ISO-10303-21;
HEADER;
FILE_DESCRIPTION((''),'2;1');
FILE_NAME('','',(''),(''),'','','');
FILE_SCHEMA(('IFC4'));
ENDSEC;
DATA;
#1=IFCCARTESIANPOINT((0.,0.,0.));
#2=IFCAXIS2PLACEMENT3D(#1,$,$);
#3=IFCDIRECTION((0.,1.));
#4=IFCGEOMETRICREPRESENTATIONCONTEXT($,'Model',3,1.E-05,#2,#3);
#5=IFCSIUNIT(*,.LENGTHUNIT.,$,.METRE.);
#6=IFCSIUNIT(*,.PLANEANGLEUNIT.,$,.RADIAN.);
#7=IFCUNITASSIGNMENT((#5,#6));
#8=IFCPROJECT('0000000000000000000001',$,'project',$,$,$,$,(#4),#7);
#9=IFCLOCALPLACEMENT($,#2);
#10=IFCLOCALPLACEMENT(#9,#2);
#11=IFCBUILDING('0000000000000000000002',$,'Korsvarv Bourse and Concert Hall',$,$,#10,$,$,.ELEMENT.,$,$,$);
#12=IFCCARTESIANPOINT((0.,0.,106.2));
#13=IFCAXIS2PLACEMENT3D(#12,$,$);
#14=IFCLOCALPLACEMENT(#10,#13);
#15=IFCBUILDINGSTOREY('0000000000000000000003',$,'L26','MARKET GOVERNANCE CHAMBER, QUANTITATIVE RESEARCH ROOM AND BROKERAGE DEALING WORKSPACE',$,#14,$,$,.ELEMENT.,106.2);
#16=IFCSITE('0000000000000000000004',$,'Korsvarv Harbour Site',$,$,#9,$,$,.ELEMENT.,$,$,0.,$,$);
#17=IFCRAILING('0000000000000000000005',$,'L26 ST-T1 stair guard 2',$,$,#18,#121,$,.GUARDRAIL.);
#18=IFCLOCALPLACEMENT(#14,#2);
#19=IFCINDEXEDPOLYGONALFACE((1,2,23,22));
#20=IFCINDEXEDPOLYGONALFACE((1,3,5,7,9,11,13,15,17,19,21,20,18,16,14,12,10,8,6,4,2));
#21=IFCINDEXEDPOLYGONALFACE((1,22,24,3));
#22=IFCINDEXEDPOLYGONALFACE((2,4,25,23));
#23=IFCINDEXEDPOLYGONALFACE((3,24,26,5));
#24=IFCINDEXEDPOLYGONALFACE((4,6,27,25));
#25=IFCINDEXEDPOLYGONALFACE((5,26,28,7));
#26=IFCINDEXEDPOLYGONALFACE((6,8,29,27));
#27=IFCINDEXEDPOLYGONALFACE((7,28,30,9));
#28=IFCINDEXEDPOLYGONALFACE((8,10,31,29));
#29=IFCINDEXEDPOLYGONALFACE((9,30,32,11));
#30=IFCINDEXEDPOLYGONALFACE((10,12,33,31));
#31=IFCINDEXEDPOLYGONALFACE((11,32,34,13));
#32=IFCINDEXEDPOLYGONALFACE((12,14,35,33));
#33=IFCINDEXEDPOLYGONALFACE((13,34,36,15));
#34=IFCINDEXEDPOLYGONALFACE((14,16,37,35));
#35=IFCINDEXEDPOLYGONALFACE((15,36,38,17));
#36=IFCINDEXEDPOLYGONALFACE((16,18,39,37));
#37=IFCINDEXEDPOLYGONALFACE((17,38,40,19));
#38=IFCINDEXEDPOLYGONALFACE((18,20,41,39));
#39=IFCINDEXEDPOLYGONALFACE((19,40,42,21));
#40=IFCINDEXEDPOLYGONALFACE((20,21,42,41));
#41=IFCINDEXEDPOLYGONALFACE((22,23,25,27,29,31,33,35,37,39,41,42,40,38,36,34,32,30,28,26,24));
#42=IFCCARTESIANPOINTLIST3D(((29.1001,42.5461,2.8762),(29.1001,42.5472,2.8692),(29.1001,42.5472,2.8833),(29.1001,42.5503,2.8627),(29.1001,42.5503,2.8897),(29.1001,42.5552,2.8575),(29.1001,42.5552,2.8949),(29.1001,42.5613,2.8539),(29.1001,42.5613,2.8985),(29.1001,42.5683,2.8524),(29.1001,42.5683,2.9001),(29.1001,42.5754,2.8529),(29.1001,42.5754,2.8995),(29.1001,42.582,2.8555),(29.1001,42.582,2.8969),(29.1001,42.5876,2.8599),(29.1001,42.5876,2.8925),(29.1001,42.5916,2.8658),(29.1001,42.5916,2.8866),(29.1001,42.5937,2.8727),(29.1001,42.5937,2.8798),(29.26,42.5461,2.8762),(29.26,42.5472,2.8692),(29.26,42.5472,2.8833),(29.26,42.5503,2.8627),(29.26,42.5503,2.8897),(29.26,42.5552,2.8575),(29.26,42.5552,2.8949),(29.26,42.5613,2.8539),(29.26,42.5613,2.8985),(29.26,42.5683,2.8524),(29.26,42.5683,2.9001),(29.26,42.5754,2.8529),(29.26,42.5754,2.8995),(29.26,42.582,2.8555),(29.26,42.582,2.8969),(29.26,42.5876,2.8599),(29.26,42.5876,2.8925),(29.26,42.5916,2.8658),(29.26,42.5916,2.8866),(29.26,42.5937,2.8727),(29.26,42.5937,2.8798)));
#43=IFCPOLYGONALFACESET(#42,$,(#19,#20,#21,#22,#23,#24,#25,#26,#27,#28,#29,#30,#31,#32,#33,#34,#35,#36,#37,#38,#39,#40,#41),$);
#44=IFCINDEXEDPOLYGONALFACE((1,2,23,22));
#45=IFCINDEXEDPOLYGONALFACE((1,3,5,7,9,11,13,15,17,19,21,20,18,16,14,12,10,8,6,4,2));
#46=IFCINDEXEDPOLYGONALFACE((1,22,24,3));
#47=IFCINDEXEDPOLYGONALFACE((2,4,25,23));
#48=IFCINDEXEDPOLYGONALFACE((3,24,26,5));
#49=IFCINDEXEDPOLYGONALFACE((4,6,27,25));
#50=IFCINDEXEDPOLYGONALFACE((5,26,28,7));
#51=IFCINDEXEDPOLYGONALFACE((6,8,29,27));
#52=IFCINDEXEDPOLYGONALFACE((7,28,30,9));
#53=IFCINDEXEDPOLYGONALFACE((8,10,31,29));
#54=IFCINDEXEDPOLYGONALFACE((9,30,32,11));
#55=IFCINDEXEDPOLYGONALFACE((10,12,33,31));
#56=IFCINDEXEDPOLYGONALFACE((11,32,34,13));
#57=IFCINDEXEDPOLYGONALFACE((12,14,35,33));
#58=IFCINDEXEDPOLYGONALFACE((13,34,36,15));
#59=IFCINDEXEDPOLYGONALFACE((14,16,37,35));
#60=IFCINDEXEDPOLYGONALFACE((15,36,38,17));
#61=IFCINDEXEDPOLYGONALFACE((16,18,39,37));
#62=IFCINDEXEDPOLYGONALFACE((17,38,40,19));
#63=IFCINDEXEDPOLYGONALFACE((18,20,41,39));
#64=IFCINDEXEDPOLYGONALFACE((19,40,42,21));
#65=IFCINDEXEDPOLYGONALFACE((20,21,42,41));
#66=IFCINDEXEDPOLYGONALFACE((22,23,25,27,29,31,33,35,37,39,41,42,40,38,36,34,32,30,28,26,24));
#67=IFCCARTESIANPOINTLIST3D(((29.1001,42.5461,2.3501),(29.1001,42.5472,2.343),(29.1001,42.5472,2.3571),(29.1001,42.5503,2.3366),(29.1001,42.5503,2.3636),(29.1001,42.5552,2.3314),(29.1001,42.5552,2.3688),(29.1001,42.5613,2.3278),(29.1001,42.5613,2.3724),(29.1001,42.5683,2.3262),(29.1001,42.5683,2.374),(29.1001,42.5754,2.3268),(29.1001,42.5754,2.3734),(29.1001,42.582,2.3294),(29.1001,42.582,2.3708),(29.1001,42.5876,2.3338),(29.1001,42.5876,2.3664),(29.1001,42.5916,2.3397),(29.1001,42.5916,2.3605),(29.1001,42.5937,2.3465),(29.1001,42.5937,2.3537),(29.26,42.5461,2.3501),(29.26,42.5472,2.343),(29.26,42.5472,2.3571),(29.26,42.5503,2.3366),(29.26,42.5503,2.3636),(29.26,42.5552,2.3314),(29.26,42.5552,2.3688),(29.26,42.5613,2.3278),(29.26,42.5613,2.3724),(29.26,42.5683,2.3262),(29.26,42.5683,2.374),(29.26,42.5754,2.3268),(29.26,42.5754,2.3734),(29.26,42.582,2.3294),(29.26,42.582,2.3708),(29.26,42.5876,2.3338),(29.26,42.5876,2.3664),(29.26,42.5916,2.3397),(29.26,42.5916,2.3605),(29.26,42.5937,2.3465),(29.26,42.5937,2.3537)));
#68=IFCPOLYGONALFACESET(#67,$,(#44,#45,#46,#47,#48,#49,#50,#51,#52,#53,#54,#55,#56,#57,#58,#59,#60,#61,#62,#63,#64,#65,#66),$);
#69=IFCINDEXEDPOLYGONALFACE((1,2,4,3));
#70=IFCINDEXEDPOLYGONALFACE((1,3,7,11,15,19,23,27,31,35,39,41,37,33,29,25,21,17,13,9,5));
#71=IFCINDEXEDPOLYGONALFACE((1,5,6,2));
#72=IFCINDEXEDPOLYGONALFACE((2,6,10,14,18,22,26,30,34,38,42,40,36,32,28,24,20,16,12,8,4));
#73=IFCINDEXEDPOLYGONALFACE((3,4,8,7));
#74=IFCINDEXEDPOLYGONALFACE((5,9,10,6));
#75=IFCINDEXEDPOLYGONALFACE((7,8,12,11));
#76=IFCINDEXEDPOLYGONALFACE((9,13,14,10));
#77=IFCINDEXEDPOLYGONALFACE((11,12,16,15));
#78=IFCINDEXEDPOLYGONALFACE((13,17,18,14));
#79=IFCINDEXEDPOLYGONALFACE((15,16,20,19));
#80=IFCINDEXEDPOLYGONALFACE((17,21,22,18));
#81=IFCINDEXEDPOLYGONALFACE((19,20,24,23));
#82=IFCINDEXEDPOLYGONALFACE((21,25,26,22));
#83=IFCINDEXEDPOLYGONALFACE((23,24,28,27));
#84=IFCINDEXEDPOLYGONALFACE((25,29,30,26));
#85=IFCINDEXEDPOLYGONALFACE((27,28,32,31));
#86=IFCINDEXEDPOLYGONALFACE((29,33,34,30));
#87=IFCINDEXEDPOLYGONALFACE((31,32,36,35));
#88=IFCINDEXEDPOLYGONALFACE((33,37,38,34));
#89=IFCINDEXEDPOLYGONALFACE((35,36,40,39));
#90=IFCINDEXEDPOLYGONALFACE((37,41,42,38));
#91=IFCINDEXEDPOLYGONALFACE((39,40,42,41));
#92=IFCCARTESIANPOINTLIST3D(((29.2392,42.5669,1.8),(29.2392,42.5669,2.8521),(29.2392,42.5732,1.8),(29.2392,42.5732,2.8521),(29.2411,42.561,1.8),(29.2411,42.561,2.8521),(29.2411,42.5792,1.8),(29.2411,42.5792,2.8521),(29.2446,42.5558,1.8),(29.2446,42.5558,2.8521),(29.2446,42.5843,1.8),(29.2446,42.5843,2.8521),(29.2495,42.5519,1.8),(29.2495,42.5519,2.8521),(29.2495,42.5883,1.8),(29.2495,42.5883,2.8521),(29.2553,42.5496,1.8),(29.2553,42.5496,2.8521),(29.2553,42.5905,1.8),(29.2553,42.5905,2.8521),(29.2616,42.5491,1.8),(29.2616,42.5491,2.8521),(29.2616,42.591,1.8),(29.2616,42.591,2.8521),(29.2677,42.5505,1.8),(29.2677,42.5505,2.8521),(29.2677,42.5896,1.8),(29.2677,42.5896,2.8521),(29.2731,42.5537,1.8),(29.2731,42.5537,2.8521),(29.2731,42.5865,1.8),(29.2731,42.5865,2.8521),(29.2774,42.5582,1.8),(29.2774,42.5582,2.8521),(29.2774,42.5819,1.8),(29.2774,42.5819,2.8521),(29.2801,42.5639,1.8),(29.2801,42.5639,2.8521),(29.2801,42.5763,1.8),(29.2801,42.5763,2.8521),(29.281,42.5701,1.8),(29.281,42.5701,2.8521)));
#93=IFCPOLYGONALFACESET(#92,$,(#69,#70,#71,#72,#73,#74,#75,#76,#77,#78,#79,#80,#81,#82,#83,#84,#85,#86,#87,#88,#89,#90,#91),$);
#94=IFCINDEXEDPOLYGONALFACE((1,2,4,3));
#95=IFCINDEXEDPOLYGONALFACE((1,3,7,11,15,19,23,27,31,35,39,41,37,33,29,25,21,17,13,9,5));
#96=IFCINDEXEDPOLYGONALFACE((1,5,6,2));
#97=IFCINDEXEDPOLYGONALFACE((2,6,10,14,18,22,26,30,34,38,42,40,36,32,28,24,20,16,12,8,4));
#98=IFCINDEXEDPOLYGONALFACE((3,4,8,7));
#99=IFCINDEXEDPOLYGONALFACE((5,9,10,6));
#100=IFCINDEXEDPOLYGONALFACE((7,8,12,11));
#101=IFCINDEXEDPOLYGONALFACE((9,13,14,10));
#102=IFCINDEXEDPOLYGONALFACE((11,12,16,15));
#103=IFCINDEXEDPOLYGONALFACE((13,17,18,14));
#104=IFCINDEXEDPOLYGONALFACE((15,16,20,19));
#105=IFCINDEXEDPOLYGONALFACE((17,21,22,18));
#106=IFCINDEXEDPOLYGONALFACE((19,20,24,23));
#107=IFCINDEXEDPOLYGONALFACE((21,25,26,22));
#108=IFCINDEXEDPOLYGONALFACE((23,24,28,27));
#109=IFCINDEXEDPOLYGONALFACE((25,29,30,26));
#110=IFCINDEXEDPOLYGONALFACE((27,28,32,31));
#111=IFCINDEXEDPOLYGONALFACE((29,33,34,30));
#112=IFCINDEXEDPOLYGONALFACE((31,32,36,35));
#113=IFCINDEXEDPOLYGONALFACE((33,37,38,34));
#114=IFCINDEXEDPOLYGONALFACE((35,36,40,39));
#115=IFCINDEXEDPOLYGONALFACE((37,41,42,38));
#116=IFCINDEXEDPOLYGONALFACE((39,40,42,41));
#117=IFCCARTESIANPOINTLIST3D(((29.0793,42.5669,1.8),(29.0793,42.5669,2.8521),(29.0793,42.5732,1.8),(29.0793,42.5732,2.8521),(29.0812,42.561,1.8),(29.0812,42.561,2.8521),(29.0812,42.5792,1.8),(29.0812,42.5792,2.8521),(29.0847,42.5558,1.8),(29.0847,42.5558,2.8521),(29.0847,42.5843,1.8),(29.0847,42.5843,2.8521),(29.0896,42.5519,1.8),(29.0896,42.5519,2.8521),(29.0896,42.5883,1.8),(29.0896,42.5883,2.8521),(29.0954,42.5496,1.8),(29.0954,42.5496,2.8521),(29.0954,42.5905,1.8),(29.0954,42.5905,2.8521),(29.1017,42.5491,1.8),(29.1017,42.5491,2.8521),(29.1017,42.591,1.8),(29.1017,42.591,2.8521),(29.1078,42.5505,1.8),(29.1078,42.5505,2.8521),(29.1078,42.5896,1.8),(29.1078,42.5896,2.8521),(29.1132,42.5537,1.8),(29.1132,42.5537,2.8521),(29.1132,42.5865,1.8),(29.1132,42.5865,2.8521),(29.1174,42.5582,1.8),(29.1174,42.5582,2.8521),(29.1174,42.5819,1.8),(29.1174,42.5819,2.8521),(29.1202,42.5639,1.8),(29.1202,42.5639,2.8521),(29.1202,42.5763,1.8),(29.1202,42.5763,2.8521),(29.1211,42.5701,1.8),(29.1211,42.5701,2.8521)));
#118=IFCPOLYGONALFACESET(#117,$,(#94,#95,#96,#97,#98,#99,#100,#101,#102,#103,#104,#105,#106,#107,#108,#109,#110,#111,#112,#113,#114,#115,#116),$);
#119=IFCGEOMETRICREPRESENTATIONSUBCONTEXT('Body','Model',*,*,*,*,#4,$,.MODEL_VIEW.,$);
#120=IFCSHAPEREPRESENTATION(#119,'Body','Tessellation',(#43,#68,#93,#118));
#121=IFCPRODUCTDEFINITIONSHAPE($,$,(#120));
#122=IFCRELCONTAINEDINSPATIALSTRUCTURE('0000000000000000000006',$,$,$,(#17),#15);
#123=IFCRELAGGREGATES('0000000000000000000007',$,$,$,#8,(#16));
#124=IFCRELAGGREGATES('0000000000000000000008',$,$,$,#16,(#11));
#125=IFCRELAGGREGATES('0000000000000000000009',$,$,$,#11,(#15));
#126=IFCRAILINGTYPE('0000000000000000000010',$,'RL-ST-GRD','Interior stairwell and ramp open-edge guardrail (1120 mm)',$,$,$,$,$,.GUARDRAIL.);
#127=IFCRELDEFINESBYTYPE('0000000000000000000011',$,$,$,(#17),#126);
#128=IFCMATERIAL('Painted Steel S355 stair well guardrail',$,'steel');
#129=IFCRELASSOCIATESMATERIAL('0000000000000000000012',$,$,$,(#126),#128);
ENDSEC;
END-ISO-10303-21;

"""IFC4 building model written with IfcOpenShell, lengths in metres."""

from ifc_helpers import new_model, si_unit, direction, frame, origin, origin_2d, place, context, subcontext, project, spatial, circle, extrude, material, type_object, element, save


model = new_model("IFC4")

# Units and contexts
model_context = context("Model", 3, precision=1e-05, world=origin(), true_north=direction((0.0, 1.0)))
body_context = subcontext(model_context, "Body", "Model", "MODEL_VIEW")
ifc_project = project(units=[si_unit("LENGTHUNIT", "METRE"), si_unit("PLANEANGLEUNIT", "RADIAN")], contexts=[model_context])

# Site, building, storey
site_placement = place(None, origin())
site = spatial("IfcSite", under=ifc_project, at=site_placement, Name="Korsvarv Harbour Site", CompositionType="ELEMENT", RefElevation=0.0)
building_placement = place(site_placement, origin())
building = spatial("IfcBuilding", under=site, at=building_placement, Name="Korsvarv Bourse and Concert Hall", CompositionType="ELEMENT")
storey_placement = place(building_placement, frame((0.0, 0.0, 106.2)))
storey = spatial("IfcBuildingStorey", under=building, at=storey_placement, Name="L26", Description="MARKET GOVERNANCE CHAMBER, QUANTITATIVE RESEARCH ROOM AND BROKERAGE DEALING WORKSPACE", CompositionType="ELEMENT", Elevation=106.2)

# Railing
ifc_material_1 = material(Name="Painted Steel S355 stair well guardrail", Category="steel")
railing_type_1 = type_object("IfcRailingType", Name="RL-ST-GRD", Description="Interior stairwell and ramp open-edge guardrail (1120 mm)", PredefinedType="GUARDRAIL", material=ifc_material_1)
railing_1_placement = place(storey_placement, frame((29.26, 42.5701, 1.8)))
element("IfcRailing", 1, at=railing_1_placement, inside=storey, type_object=railing_type_1, Name="L26 ST-T1 stair guard 2", PredefinedType="GUARDRAIL", context=body_context, shape_type="SweptSolid", body=[
    extrude(circle(Radius=0.0239, at=origin_2d()), frame((0.0, 0.0, 1.0762), z_axis=(-1.0, 0.0, 0.0), x_axis=(0.0, -1.0, 0.0)), (0.0, 0.0, 1.0), 0.1599),
    extrude(circle(Radius=0.0239, at=origin_2d()), frame((0.0, 0.0, 0.55), z_axis=(-1.0, 0.0, 0.0), x_axis=(0.0, -1.0, 0.0)), (0.0, 0.0, 1.0), 0.1599),
    extrude(circle(Radius=0.021, at=origin_2d()), origin(), (0.0, 0.0, 1.0), 1.052),
    extrude(circle(Radius=0.021, at=origin_2d()), frame((-0.1599, 0.0, 0.0)), (0.0, 0.0, 1.0), 1.052),
])

save(model, "model.ifc")
